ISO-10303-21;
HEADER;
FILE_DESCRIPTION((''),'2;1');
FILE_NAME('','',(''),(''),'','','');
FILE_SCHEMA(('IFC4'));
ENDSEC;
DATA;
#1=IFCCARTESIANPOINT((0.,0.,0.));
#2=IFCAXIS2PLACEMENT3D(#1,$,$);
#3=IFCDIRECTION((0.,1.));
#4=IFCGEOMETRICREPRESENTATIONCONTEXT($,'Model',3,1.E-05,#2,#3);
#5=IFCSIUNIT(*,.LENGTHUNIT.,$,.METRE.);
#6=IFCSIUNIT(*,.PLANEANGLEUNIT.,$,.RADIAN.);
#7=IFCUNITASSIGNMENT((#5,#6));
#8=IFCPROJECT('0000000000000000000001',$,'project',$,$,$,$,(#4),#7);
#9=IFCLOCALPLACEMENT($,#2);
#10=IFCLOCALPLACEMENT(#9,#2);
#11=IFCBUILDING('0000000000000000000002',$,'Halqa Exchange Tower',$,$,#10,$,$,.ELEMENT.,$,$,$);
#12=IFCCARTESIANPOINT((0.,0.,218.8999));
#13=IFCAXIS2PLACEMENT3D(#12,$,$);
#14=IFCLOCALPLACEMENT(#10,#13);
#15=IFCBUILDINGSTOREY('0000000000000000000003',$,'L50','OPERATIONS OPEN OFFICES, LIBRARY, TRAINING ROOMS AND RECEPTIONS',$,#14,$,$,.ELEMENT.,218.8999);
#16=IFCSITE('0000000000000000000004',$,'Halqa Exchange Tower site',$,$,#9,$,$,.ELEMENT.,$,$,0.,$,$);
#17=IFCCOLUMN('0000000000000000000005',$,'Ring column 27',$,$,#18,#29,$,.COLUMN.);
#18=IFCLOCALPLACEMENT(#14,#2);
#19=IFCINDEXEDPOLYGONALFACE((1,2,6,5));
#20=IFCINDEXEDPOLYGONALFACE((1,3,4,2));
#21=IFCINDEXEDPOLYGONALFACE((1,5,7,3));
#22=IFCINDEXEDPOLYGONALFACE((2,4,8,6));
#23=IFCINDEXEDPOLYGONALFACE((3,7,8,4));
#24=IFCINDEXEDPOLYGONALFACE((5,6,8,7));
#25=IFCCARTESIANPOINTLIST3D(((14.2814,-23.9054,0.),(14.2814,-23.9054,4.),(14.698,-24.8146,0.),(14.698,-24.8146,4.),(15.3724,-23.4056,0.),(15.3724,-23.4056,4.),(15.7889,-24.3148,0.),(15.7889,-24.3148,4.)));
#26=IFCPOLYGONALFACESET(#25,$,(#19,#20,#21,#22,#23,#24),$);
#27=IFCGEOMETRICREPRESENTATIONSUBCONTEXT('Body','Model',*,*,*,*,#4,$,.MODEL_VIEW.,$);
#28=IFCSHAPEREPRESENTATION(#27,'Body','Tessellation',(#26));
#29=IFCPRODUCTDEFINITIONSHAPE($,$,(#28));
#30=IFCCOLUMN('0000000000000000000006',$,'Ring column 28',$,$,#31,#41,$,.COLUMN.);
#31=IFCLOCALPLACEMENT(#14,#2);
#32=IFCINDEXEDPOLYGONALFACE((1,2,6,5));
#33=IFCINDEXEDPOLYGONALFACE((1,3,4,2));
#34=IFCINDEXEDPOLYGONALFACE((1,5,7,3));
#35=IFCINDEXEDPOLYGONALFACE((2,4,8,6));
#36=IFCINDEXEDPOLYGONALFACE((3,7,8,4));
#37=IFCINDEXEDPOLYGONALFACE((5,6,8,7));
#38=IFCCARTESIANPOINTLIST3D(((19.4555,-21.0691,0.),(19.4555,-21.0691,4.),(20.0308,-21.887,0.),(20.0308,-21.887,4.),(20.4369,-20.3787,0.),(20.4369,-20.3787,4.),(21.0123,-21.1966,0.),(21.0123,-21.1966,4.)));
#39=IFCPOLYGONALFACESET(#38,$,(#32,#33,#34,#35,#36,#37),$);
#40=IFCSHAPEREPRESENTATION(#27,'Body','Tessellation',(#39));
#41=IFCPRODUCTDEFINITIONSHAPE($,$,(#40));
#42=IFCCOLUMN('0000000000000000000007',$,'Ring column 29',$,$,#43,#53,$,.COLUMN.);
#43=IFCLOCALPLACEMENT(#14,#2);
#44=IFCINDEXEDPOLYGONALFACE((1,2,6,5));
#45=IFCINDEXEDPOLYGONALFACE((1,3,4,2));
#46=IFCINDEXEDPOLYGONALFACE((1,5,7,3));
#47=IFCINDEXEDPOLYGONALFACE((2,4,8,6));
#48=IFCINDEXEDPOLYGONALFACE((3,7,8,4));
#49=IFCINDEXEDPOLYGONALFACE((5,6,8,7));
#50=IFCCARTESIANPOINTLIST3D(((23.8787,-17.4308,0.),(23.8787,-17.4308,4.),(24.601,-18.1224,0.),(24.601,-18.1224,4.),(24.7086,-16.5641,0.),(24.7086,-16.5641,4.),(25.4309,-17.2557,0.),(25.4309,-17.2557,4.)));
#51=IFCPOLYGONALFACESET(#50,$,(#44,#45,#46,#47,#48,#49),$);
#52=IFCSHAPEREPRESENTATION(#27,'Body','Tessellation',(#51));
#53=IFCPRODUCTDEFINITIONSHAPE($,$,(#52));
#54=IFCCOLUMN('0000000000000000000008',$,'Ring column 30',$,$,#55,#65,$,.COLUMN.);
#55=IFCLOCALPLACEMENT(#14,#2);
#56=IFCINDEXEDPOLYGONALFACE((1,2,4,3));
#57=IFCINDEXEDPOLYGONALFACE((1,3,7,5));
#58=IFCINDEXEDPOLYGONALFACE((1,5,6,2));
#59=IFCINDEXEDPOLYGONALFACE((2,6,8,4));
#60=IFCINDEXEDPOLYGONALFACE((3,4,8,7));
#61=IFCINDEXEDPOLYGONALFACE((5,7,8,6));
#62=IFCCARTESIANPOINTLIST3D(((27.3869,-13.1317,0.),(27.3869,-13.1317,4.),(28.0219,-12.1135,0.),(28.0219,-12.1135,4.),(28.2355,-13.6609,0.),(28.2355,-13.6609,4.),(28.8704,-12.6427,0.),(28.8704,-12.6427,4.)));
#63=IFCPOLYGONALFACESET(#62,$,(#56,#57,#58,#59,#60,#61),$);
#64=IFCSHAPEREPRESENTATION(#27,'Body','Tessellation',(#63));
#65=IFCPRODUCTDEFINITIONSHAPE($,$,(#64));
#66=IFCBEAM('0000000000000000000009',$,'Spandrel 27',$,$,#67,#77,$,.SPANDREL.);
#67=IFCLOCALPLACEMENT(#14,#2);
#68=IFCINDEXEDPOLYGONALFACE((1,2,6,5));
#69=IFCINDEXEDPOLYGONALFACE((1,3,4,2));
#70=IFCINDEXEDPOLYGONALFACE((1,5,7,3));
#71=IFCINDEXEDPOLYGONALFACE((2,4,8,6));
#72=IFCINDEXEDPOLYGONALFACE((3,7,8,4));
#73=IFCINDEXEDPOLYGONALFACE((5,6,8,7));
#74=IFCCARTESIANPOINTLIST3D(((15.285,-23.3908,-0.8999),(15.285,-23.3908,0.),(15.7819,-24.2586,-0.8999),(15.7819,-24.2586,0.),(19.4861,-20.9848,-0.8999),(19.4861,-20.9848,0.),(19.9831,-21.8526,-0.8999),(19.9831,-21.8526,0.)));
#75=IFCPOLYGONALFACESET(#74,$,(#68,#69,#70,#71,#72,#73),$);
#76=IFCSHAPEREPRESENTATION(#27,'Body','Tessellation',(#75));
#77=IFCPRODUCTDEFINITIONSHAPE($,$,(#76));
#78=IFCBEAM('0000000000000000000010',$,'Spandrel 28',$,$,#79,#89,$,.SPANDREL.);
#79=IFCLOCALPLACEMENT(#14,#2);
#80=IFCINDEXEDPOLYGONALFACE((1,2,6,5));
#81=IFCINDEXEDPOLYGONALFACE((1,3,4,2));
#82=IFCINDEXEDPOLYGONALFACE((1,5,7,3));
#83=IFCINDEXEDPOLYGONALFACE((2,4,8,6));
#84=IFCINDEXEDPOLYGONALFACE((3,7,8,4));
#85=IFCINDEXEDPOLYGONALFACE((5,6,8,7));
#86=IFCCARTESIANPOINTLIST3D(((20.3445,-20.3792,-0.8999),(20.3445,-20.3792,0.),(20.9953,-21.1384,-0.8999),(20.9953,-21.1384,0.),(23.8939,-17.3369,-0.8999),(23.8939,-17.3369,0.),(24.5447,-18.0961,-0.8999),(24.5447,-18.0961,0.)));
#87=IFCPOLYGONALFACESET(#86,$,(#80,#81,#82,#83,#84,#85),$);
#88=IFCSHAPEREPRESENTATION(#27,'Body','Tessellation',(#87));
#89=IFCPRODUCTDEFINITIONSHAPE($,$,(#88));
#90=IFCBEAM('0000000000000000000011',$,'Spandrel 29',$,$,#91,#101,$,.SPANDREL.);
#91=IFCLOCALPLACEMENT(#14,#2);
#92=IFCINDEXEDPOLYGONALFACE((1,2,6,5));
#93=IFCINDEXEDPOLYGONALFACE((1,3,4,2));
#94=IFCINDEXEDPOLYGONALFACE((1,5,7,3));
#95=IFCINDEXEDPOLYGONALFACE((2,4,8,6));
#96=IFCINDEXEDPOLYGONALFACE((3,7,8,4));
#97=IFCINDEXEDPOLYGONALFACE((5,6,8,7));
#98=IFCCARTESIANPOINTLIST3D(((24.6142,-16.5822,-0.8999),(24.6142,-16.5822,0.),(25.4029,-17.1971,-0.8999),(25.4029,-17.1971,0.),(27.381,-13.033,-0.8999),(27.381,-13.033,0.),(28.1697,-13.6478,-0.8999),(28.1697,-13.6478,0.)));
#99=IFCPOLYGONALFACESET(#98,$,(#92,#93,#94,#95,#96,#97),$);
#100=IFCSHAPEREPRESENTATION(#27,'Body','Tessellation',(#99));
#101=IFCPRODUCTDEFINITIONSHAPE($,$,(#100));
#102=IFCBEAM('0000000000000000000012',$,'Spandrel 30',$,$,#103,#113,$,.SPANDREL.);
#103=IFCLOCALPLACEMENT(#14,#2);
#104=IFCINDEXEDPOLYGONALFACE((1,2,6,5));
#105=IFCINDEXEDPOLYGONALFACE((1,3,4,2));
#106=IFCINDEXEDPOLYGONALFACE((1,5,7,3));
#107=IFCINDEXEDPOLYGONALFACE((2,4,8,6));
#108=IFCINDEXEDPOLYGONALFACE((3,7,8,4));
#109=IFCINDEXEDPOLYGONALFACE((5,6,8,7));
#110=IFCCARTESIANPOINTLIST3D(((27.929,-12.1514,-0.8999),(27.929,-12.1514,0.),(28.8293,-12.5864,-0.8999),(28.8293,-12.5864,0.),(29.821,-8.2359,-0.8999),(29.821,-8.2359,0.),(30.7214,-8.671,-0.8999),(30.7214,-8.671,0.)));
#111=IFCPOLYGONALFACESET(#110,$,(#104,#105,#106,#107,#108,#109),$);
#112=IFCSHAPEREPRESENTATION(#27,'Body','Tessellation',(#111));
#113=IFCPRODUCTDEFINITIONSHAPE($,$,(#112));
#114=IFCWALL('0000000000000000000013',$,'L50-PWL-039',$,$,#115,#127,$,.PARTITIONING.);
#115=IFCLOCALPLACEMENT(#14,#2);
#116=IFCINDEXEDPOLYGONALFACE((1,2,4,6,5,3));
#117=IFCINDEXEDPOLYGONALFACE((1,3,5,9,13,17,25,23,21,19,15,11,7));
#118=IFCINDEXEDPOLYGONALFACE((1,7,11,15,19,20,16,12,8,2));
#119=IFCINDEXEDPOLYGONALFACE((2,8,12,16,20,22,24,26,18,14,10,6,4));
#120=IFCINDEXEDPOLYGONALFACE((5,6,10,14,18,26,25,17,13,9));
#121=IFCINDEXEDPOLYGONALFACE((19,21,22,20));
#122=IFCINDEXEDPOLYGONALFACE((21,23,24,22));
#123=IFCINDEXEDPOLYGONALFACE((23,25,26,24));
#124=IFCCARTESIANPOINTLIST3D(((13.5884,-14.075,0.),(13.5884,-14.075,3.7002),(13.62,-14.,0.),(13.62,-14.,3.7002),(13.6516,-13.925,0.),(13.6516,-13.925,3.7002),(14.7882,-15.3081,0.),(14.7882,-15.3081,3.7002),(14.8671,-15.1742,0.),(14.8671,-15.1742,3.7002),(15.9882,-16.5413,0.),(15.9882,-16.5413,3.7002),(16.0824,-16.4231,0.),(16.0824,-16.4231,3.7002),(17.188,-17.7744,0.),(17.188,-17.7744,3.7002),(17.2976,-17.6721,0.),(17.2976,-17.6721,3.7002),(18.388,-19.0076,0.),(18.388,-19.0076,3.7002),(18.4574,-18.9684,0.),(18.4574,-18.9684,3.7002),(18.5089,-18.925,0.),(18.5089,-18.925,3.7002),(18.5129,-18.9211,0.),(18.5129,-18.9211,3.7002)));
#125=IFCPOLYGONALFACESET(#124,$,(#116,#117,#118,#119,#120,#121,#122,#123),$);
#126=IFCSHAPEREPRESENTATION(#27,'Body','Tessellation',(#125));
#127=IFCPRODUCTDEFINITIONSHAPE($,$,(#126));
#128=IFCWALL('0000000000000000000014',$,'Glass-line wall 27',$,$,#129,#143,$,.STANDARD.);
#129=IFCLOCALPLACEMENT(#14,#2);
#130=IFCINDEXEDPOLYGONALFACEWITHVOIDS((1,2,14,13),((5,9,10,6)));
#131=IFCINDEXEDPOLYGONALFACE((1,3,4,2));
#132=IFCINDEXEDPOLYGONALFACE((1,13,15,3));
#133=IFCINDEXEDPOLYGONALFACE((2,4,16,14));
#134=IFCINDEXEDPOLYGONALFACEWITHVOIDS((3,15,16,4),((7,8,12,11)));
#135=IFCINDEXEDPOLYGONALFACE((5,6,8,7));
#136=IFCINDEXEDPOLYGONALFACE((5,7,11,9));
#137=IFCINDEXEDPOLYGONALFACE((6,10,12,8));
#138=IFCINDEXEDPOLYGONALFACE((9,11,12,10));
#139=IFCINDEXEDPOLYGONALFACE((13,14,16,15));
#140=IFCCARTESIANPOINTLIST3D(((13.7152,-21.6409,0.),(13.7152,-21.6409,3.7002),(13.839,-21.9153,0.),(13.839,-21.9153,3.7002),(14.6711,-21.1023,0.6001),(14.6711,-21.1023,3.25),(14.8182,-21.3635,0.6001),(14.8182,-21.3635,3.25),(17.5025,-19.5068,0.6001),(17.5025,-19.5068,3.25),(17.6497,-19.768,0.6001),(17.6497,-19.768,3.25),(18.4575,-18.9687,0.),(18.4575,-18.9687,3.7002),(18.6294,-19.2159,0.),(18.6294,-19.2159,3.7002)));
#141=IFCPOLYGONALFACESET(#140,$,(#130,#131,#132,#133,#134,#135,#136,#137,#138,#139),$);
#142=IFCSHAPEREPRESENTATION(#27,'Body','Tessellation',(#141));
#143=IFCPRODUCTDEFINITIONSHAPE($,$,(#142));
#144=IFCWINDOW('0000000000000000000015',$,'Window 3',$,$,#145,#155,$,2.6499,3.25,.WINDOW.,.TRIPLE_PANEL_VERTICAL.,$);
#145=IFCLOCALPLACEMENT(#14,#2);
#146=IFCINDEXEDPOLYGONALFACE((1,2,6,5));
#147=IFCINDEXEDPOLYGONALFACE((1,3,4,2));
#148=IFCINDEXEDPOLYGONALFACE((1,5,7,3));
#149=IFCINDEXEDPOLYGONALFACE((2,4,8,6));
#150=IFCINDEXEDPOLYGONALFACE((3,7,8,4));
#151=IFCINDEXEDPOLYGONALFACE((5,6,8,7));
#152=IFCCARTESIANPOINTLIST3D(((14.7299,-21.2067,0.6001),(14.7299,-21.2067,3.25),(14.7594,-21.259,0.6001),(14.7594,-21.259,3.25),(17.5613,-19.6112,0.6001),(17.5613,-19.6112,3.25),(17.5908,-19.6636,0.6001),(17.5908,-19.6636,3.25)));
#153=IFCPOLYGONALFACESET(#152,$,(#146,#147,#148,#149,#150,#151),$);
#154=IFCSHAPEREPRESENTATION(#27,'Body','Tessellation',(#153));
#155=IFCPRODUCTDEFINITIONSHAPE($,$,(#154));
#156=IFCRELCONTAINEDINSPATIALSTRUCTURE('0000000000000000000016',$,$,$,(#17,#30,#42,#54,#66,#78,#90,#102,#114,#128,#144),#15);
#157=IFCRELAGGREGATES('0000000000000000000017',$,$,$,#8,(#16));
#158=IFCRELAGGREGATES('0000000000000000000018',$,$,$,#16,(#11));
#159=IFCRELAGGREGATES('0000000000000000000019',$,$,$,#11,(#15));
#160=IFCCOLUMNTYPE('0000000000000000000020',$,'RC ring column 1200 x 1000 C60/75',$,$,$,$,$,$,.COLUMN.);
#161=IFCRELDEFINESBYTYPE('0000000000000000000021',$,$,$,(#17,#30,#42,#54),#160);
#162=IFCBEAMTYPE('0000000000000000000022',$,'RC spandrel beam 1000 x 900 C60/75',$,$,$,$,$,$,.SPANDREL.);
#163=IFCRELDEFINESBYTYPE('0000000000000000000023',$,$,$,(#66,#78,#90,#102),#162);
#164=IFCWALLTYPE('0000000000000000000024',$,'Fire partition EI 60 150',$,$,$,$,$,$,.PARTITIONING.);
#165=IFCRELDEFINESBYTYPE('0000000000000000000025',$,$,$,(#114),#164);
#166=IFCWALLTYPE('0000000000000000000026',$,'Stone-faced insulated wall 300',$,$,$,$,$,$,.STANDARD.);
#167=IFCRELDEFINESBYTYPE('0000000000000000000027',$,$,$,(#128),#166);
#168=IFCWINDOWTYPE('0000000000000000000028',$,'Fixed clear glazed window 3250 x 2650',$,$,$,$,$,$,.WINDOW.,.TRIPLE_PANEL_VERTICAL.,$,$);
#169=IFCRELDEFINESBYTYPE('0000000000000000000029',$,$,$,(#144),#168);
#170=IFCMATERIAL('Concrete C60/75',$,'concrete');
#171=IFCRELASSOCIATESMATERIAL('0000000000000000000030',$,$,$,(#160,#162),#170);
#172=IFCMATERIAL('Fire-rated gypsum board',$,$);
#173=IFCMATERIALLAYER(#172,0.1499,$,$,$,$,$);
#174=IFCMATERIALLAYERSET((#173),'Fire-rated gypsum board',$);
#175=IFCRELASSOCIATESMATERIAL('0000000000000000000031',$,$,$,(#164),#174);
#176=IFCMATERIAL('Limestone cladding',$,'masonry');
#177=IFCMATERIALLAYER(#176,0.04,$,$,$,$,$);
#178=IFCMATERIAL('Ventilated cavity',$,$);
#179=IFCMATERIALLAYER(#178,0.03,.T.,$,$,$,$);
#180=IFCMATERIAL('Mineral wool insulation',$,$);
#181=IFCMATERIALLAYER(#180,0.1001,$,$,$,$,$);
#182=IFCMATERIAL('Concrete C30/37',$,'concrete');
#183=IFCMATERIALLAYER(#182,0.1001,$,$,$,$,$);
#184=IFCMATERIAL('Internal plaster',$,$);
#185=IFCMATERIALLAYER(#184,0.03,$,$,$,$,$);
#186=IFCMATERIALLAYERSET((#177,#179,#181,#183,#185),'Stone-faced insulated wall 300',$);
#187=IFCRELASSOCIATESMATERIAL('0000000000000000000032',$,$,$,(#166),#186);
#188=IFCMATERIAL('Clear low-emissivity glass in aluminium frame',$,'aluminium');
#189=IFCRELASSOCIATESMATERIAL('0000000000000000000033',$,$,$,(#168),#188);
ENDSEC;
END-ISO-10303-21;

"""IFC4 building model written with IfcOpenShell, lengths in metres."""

from ifc_helpers import new_model, si_unit, direction, frame, frame_2d, origin, origin_2d, place, context, subcontext, project, spatial, polyline, rectangle, outline, extrude, material, layer, layer_set, material_profile, profile_set, type_object, element, fill, save


model = new_model("IFC4")

# Units and contexts
model_context = context("Model", 3, precision=1e-05, world=origin(), true_north=direction((0.0, 1.0)))
body_context = subcontext(model_context, "Body", "Model", "MODEL_VIEW")
ifc_project = project(units=[si_unit("LENGTHUNIT", "METRE"), si_unit("PLANEANGLEUNIT", "RADIAN")], contexts=[model_context])

# Site, building, storey
site_placement = place(None, origin())
site = spatial("IfcSite", under=ifc_project, at=site_placement, Name="Halqa Exchange Tower site", CompositionType="ELEMENT", RefElevation=0.0)
building_placement = place(site_placement, origin())
building = spatial("IfcBuilding", under=site, at=building_placement, Name="Halqa Exchange Tower", CompositionType="ELEMENT")
storey_placement = place(building_placement, frame((0.0, 0.0, 218.8999)))
storey = spatial("IfcBuildingStorey", under=building, at=storey_placement, Name="L50", Description="OPERATIONS OPEN OFFICES, LIBRARY, TRAINING ROOMS AND RECEPTIONS", CompositionType="ELEMENT", Elevation=218.8999)

# Columns
ifc_material_1 = material(Name="Concrete C60/75", Category="concrete")
ifc_material_profile_1 = material_profile(ifc_material_1, rectangle(XDim=1.2, YDim=1.0, at=origin_2d()), Name="1200 x 1000")
ifc_profile_set_1 = profile_set([ifc_material_profile_1], Name="Concrete C60/75")
column_type = type_object("IfcColumnType", Name="RC ring column 1200 x 1000 C60/75", PredefinedType="COLUMN", material=ifc_profile_set_1)
for number, where, z_axis, x_axis, name in (
    (1, (15.0352, -24.1101, 0.0), (0.0, 0.0, 1.0), (0.909129, 0.416514, 0.0), "Ring column 27"),
    (2, (20.2339, -21.1328, 0.0), (0.0, 0.0, 1.0), (0.817906, 0.575352, 0.0), "Ring column 28"),
    (3, (24.6548, -17.3433, 0.0), (0.0, 0.0, 1.0), (0.691575, 0.722305, 0.0), "Ring column 29"),
    (4, (28.1287, -12.8872, 0.0), (0.0, 0.0, 1.0), (0.529145, 0.848531, 0.0), "Ring column 30"),
):
    element("IfcColumn", number, at=place(storey_placement, frame(where, z_axis=z_axis, x_axis=x_axis)), inside=storey, type_object=column_type, Name=name, PredefinedType="COLUMN", context=body_context, shape_type="SweptSolid", body=[
        extrude(rectangle(XDim=1.2, YDim=1.0, at=origin_2d()), origin(), (0.0, 0.0, 1.0), 4.0),
    ])

# Beams
ifc_material_profile_2 = material_profile(ifc_material_1, rectangle(XDim=1.0, YDim=0.8999, at=origin_2d()), Name="1000 x 900")
ifc_profile_set_2 = profile_set([ifc_material_profile_2], Name="Concrete C60/75")
beam_type = type_object("IfcBeamType", Name="RC spandrel beam 1000 x 900 C60/75", PredefinedType="SPANDREL", material=ifc_profile_set_2)
beam_1_placement = place(storey_placement, frame((15.5334, -23.8247, -0.45), z_axis=(0.867768, 0.49697, 0.0), x_axis=(-0.49697, 0.867768, 0.0)))
element("IfcBeam", 5, at=beam_1_placement, inside=storey, type_object=beam_type, Name="Spandrel 27", PredefinedType="SPANDREL", context=body_context, shape_type="SweptSolid", body=[
    extrude(rectangle(XDim=1.0, YDim=0.8999, at=origin_2d()), origin(), (0.0, 0.0, 1.0), 4.8413),
])
beam_2_placement = place(storey_placement, frame((20.6699, -20.7588, -0.45), z_axis=(0.75926, 0.650787, 0.0), x_axis=(-0.650787, 0.75926, 0.0)))
element("IfcBeam", 6, at=beam_2_placement, inside=storey, type_object=beam_type, Name="Spandrel 28", PredefinedType="SPANDREL", context=body_context, shape_type="SweptSolid", body=[
    extrude(rectangle(XDim=1.0, YDim=0.8999, at=origin_2d()), origin(), (0.0, 0.0, 1.0), 4.6748),
])
beam_3_placement = place(storey_placement, frame((25.0085, -16.8896, -0.45), z_axis=(0.614808, 0.788677, 0.0), x_axis=(-0.788677, 0.614808, 0.0)))
element("IfcBeam", 7, at=beam_3_placement, inside=storey, type_object=beam_type, Name="Spandrel 29", PredefinedType="SPANDREL", context=body_context, shape_type="SweptSolid", body=[
    extrude(rectangle(XDim=1.0, YDim=0.8999, at=origin_2d()), origin(), (0.0, 0.0, 1.0), 4.5002),
])
beam_4_placement = place(storey_placement, frame((28.3792, -12.3689, -0.45), z_axis=(0.435091, 0.900386, 0.0), x_axis=(-0.900386, 0.435091, 0.0)))
element("IfcBeam", 8, at=beam_4_placement, inside=storey, type_object=beam_type, Name="Spandrel 30", PredefinedType="SPANDREL", context=body_context, shape_type="SweptSolid", body=[
    extrude(rectangle(XDim=1.0, YDim=0.8999, at=origin_2d()), origin(), (0.0, 0.0, 1.0), 4.3486),
])

# Wall
ifc_material_2 = material(Name="Fire-rated gypsum board")
ifc_layer_1 = layer(ifc_material_2, 0.1499)
ifc_layer_set_1 = layer_set([ifc_layer_1], Name="Fire-rated gypsum board")
wall_type_1 = type_object("IfcWallType", Name="Fire partition EI 60 150", PredefinedType="PARTITIONING", material=ifc_layer_set_1)
wall_1_placement = place(storey_placement, frame((18.4592, -18.9734, 0.0), z_axis=(0.0, 0.0, 1.0), x_axis=(-0.697374, 0.716707, 0.0)))
element("IfcWall", 9, at=wall_1_placement, inside=storey, type_object=wall_type_1, Name="L50-PWL-039", PredefinedType="PARTITIONING", context=body_context, shape_type="SweptSolid", body=[
    extrude(outline(polyline([(0.0, -0.075), (1.7427, -0.075), (3.4854, -0.075), (5.228, -0.075), (6.9709, -0.075), (6.9392, 0.0), (6.9075, 0.075), (5.187, 0.075), (3.4663, 0.075), (1.7458, 0.075), (0.0251, 0.075), (0.0049, -0.0022), (0.0, -0.0693), (0.0, -0.075)])), origin(), (0.0, 0.0, 1.0), 3.7002),
])

# Wall, opening, window
ifc_material_3 = material(Name="Limestone cladding", Category="masonry")
ifc_layer_2 = layer(ifc_material_3, 0.04)
ifc_material_4 = material(Name="Ventilated cavity")
ifc_layer_3 = layer(ifc_material_4, 0.03, ventilated=True)
ifc_material_5 = material(Name="Mineral wool insulation")
ifc_layer_4 = layer(ifc_material_5, 0.1001)
ifc_material_6 = material(Name="Concrete C30/37", Category="concrete")
ifc_layer_5 = layer(ifc_material_6, 0.1001)
ifc_material_7 = material(Name="Internal plaster")
ifc_layer_6 = layer(ifc_material_7, 0.03)
ifc_layer_set_2 = layer_set([ifc_layer_2, ifc_layer_3, ifc_layer_4, ifc_layer_5, ifc_layer_6], Name="Stone-faced insulated wall 300")
wall_type_2 = type_object("IfcWallType", Name="Stone-faced insulated wall 300", PredefinedType="STANDARD", material=ifc_layer_set_2)
wall_2_placement = place(storey_placement, frame((13.7771, -21.7781, 0.0), z_axis=(0.0, 0.0, 1.0), x_axis=(0.871207, 0.490916, 0.0)))
wall_2 = element("IfcWall", 10, at=wall_2_placement, inside=storey, type_object=wall_type_2, Name="Glass-line wall 27", PredefinedType="STANDARD", context=body_context, shape_type="SweptSolid", body=[
    extrude(outline(polyline([(-0.0134, -0.1499), (5.4851, -0.1499), (5.4568, 0.1499), (0.0134, 0.1499), (-0.0134, -0.1499)])), origin(), (0.0, 0.0, 1.0), 3.7002),
])
opening_1_placement = place(wall_2_placement, frame((1.1106, 0.0, 0.6001)))
opening_1 = element("IfcOpeningElement", 11, at=opening_1_placement, cuts=wall_2, PredefinedType="OPENING", context=body_context, shape_type="SweptSolid", body=[
    extrude(rectangle(XDim=3.25, YDim=2.6499, at=frame_2d((1.625, 1.325))), frame((0.0, 0.1621, 0.0), z_axis=(0.0, -1.0, 0.0), x_axis=(1.0, 0.0, 0.0)), (0.0, 0.0, 1.0), 0.324),
])
ifc_material_8 = material(Name="Clear low-emissivity glass in aluminium frame", Category="aluminium")
window_type = type_object("IfcWindowType", Name="Fixed clear glazed window 3250 x 2650", PartitioningType="TRIPLE_PANEL_VERTICAL", PredefinedType="WINDOW", material=ifc_material_8)
window_1_placement = place(opening_1_placement, origin())
window_1 = element("IfcWindow", 12, at=window_1_placement, inside=storey, type_object=window_type, Name="Window 3", OverallHeight=2.6499, OverallWidth=3.25, PartitioningType="TRIPLE_PANEL_VERTICAL", PredefinedType="WINDOW", context=body_context, shape_type="SweptSolid", body=[
    extrude(rectangle(XDim=3.25, YDim=2.6499, at=frame_2d((1.625, 1.325))), frame((0.0, 0.03, 0.0), z_axis=(0.0, -1.0, 0.0), x_axis=(1.0, 0.0, 0.0)), (0.0, 0.0, 1.0), 0.0601),
])
fill(opening_1, window_1)

save(model, "model.ifc")
